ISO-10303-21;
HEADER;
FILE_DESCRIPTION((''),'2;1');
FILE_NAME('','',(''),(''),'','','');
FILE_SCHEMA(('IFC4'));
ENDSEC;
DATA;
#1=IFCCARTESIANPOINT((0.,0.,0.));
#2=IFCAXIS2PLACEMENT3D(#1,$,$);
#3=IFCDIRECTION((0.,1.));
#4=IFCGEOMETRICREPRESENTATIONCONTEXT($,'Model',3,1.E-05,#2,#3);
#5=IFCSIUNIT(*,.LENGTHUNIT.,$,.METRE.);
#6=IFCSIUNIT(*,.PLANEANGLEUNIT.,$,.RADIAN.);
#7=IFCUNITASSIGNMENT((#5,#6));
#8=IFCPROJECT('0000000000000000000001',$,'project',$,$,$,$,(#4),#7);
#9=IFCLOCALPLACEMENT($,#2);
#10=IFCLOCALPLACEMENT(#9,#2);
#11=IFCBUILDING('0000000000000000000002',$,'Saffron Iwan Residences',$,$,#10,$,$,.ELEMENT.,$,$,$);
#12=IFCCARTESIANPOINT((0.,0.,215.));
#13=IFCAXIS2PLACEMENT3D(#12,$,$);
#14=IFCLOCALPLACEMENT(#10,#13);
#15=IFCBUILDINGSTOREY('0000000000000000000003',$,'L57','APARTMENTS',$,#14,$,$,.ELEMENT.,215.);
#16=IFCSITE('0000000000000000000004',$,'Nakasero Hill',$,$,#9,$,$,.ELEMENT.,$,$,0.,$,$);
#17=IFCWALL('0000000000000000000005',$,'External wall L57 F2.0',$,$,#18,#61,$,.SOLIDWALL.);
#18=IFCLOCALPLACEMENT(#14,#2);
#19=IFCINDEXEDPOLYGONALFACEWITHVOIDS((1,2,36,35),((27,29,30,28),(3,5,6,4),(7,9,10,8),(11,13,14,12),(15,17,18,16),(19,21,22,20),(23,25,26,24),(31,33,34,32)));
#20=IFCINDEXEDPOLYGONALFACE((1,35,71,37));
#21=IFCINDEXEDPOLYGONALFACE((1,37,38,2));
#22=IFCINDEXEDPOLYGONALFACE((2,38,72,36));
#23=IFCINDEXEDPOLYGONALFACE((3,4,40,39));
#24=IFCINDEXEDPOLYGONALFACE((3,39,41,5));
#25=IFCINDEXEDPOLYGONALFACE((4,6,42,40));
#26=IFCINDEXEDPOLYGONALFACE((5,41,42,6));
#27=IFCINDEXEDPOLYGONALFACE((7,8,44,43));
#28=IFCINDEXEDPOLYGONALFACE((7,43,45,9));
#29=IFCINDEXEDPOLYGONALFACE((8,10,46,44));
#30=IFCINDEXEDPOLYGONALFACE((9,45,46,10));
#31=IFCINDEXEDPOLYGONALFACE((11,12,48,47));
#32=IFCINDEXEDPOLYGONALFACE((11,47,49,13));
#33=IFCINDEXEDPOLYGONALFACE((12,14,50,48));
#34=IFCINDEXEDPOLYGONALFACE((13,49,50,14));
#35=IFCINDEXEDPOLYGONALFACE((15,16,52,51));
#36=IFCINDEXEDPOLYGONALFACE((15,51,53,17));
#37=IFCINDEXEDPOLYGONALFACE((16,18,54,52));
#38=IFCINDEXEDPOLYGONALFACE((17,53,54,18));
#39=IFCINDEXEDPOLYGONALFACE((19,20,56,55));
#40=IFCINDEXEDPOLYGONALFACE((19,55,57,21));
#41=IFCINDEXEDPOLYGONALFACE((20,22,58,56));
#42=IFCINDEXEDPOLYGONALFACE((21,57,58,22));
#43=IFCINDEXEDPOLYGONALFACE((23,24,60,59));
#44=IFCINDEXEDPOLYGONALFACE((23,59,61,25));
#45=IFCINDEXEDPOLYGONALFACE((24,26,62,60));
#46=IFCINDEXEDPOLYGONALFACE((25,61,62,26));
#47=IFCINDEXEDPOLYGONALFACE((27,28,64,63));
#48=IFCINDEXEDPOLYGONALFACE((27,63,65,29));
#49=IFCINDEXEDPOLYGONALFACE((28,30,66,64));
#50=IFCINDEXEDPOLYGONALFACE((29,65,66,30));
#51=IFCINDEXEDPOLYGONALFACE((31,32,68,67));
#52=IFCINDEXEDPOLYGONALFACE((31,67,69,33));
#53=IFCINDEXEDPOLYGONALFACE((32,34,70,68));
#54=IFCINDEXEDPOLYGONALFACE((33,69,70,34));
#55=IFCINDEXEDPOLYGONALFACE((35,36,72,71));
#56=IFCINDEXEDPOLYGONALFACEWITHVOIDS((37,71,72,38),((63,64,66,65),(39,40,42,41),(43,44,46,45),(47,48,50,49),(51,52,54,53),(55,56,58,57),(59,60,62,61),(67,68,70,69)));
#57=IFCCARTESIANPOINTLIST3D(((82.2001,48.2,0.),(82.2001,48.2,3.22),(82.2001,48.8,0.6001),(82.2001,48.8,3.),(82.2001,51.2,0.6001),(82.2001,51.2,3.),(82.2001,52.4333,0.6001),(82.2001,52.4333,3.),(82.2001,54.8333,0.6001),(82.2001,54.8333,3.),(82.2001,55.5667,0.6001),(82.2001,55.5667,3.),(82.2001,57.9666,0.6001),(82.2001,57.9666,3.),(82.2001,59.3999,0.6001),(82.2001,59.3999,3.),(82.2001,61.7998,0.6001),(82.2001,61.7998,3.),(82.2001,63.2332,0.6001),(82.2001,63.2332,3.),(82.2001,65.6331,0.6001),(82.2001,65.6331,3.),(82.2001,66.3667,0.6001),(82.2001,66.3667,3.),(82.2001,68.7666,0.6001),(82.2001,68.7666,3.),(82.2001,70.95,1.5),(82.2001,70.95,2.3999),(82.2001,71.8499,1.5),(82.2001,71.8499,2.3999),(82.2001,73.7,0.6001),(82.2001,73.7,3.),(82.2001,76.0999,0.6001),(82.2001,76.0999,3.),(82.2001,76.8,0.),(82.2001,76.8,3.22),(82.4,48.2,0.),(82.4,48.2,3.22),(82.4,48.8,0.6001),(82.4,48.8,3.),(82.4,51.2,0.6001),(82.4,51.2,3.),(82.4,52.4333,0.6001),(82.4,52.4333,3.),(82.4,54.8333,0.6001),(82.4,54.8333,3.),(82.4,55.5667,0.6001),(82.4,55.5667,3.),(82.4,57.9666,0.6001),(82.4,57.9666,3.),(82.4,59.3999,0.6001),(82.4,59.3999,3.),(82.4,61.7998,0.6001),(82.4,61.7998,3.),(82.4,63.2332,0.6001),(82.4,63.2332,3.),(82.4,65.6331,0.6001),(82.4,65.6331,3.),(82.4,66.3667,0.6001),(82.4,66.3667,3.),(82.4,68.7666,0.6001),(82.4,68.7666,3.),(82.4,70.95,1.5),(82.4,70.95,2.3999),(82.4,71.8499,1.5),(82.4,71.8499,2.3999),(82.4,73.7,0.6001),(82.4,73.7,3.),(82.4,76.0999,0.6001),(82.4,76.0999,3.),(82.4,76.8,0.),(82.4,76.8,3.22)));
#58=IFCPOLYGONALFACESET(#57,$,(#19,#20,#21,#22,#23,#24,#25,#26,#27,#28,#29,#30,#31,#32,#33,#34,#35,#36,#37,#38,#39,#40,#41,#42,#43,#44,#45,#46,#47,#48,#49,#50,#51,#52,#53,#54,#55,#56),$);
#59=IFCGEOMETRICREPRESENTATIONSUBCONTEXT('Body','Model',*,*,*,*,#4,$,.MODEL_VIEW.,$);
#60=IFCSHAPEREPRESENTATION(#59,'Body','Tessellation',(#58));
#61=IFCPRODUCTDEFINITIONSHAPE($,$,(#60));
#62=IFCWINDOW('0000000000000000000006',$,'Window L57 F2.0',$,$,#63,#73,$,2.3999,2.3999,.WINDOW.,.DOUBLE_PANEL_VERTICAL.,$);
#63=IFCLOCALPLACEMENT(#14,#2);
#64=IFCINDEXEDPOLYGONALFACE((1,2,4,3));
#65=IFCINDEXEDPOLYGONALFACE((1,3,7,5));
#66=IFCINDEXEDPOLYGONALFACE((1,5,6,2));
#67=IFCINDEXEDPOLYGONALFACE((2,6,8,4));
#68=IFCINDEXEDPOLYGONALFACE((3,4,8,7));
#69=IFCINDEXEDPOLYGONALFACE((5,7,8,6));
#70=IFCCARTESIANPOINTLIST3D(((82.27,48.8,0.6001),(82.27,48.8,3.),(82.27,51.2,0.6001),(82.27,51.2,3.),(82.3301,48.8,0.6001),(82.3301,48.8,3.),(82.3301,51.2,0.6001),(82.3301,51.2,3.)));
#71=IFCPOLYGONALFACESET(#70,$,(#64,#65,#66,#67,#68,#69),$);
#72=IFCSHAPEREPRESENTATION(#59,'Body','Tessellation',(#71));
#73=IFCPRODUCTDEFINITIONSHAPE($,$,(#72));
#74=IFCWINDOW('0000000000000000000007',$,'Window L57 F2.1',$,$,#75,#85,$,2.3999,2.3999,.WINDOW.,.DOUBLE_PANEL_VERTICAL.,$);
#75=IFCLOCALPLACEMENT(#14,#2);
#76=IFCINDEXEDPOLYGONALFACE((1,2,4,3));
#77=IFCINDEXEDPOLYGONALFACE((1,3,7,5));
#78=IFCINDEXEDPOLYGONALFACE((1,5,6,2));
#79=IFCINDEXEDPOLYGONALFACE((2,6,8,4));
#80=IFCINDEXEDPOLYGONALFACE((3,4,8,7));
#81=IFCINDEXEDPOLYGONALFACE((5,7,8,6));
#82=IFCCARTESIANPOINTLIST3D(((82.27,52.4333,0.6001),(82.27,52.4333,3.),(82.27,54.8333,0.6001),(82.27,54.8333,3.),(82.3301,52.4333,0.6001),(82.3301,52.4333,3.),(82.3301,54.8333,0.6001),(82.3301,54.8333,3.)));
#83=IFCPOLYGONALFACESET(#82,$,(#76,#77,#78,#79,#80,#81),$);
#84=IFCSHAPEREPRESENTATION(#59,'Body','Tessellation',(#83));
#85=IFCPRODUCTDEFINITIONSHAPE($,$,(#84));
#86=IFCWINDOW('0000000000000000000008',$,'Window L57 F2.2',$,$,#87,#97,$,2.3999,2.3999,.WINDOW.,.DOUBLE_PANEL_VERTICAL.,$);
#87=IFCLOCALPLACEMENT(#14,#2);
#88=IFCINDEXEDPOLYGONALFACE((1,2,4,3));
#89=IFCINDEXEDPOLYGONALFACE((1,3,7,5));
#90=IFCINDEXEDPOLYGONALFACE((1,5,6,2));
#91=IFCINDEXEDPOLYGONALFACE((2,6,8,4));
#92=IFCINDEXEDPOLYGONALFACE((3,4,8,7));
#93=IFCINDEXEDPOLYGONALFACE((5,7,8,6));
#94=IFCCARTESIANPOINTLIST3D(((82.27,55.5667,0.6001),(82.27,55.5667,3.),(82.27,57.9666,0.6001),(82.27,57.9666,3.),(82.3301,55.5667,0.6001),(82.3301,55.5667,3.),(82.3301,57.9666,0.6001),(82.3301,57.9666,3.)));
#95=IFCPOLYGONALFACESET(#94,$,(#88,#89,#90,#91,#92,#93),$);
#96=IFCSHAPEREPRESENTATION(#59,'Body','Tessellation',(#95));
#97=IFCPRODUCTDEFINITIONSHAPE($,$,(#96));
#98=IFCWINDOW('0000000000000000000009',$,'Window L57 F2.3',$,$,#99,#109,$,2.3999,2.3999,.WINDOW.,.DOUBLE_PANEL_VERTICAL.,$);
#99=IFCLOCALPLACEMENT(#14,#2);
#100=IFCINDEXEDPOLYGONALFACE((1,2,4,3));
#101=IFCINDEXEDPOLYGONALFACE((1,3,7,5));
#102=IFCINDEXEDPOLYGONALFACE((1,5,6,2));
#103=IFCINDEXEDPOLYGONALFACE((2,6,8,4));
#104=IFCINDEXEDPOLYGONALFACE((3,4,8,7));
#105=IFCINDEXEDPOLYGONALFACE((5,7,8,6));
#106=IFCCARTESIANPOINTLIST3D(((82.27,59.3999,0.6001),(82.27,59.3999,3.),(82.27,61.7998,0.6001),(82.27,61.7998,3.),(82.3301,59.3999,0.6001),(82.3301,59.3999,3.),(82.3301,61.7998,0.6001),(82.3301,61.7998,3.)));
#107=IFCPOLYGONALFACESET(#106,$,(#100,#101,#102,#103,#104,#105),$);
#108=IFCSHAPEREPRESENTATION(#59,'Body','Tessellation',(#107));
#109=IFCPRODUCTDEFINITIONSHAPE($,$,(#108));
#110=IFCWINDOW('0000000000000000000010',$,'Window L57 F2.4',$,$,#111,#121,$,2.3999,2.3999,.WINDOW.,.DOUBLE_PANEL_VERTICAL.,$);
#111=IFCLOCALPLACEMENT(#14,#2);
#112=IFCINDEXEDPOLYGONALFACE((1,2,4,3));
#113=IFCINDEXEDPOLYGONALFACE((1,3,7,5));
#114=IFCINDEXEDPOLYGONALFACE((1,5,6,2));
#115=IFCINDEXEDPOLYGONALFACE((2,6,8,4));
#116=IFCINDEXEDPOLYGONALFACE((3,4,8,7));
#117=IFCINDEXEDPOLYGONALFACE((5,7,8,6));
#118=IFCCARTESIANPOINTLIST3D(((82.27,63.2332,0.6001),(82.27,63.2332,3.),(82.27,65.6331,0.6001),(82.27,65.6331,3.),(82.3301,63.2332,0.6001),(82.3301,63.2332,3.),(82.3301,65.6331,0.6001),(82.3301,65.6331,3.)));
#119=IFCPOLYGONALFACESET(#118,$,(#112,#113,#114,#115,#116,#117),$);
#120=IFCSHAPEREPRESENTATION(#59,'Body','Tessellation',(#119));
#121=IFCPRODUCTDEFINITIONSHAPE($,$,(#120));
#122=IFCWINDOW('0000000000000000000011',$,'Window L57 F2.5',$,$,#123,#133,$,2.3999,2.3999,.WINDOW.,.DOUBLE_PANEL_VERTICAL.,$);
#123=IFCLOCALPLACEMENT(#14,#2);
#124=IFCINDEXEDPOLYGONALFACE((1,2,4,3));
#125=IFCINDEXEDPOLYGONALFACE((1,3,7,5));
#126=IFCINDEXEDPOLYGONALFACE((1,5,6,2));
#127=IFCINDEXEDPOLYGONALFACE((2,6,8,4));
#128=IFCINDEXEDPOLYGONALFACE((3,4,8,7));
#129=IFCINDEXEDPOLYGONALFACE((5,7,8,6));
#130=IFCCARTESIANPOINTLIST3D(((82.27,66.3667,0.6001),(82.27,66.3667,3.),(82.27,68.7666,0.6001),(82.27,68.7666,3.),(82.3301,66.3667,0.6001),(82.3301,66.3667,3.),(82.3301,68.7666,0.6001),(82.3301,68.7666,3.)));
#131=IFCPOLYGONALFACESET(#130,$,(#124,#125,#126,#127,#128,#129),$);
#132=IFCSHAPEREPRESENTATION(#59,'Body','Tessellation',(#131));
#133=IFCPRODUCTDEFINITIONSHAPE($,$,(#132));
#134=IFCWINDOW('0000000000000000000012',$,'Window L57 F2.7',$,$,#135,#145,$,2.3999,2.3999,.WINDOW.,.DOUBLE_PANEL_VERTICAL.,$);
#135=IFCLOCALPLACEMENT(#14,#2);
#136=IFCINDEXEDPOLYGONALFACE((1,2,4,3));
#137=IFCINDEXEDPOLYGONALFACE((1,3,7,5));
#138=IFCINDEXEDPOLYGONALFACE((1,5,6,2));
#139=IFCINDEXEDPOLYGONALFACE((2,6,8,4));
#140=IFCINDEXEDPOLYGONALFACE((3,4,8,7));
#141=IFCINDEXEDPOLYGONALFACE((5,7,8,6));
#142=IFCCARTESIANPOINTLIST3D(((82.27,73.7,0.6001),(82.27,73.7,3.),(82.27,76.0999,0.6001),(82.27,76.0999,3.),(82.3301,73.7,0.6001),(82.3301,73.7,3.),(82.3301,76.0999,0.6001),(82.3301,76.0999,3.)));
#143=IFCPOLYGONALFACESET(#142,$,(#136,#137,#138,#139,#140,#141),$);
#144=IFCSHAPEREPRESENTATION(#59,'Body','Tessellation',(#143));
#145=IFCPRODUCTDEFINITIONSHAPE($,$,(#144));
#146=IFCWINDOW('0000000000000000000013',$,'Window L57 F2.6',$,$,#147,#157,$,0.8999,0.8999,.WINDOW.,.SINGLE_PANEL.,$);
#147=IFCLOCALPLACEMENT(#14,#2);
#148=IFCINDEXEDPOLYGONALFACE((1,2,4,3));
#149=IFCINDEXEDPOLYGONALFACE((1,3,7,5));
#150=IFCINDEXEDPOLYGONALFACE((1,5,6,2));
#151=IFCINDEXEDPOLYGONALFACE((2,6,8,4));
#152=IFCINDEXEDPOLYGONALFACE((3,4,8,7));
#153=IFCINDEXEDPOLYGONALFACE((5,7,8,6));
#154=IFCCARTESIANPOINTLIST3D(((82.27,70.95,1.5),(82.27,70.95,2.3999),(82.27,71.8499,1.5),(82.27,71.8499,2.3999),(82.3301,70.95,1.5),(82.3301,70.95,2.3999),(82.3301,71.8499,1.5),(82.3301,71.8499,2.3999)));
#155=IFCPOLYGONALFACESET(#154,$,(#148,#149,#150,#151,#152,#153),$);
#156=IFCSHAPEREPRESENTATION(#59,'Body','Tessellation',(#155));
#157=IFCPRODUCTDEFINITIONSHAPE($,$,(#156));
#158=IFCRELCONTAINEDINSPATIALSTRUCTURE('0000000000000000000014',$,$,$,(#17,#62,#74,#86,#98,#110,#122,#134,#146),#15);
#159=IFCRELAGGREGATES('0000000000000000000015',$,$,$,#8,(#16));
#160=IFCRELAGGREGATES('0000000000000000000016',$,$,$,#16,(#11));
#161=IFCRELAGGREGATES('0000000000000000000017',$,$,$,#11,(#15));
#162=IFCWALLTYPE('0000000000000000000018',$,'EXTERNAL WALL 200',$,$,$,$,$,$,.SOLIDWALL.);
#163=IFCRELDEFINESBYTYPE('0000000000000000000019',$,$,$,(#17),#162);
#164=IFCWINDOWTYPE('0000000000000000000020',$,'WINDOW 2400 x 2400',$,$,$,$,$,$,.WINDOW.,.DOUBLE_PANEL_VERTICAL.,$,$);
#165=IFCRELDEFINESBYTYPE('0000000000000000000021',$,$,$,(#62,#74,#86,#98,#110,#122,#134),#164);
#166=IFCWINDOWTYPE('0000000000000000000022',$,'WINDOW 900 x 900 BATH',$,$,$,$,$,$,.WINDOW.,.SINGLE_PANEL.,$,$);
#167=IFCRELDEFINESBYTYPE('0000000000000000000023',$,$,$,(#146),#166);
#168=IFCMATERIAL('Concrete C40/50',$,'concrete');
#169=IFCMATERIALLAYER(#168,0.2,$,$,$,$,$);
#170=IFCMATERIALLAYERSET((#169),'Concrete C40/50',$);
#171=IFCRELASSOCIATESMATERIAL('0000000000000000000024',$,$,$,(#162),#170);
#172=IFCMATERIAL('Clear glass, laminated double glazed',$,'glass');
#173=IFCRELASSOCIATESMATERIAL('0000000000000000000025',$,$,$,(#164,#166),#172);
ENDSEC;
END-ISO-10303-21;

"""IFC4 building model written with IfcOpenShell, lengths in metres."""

from ifc_helpers import new_model, si_unit, direction, frame, frame_2d, origin, place, context, subcontext, project, spatial, rectangle, extrude, material, layer, layer_set, type_object, element, fill, save


model = new_model("IFC4")

# Units and contexts
model_context = context("Model", 3, precision=1e-05, world=origin(), true_north=direction((0.0, 1.0)))
body_context = subcontext(model_context, "Body", "Model", "MODEL_VIEW")
ifc_project = project(units=[si_unit("LENGTHUNIT", "METRE"), si_unit("PLANEANGLEUNIT", "RADIAN")], contexts=[model_context])

# Site, building, storey
site_placement = place(None, origin())
site = spatial("IfcSite", under=ifc_project, at=site_placement, Name="Nakasero Hill", CompositionType="ELEMENT", RefElevation=0.0)
building_placement = place(site_placement, origin())
building = spatial("IfcBuilding", under=site, at=building_placement, Name="Saffron Iwan Residences", CompositionType="ELEMENT")
storey_placement = place(building_placement, frame((0.0, 0.0, 215.0)))
storey = spatial("IfcBuildingStorey", under=building, at=storey_placement, Name="L57", Description="APARTMENTS", CompositionType="ELEMENT", Elevation=215.0)

# Shared definitions
ifc_material_1 = material(Name="Concrete C40/50", Category="concrete")

# Shared definitions
ifc_layer_1 = layer(ifc_material_1, 0.2)
ifc_layer_set_1 = layer_set([ifc_layer_1], Name="Concrete C40/50")
wall_type_1 = type_object("IfcWallType", Name="EXTERNAL WALL 200", PredefinedType="SOLIDWALL", material=ifc_layer_set_1)
ifc_material_2 = material(Name="Clear glass, laminated double glazed", Category="glass")

# Wall, openings, windows
wall_1_placement = place(storey_placement, frame((82.3, 48.2, 0.0), z_axis=(0.0, 0.0, 1.0), x_axis=(0.0, 1.0, 0.0)))
wall_1 = element("IfcWall", 1, at=wall_1_placement, inside=storey, type_object=wall_type_1, Name="External wall L57 F2.0", PredefinedType="SOLIDWALL", context=body_context, shape_type="SweptSolid", body=[
    extrude(rectangle(XDim=28.6001, YDim=0.2, at=frame_2d((14.3, 0.0))), origin(), (0.0, 0.0, 1.0), 3.22),
])
opening_1_placement = place(wall_1_placement, frame((0.6001, 0.0, 0.6001)))
opening_1 = element("IfcOpeningElement", 2, at=opening_1_placement, cuts=wall_1, PredefinedType="OPENING", context=body_context, shape_type="SweptSolid", body=[
    extrude(rectangle(XDim=2.3999, YDim=2.3999, at=frame_2d((1.2, 1.2))), frame((0.0, 0.1099, 0.0), z_axis=(0.0, -1.0, 0.0), x_axis=(1.0, 0.0, 0.0)), (0.0, 0.0, 1.0), 0.22),
])
opening_2_placement = place(wall_1_placement, frame((4.2334, 0.0, 0.6001)))
opening_2 = element("IfcOpeningElement", 3, at=opening_2_placement, cuts=wall_1, PredefinedType="OPENING", context=body_context, shape_type="SweptSolid", body=[
    extrude(rectangle(XDim=2.3999, YDim=2.3999, at=frame_2d((1.2, 1.2))), frame((0.0, 0.1099, 0.0), z_axis=(0.0, -1.0, 0.0), x_axis=(1.0, 0.0, 0.0)), (0.0, 0.0, 1.0), 0.22),
])
opening_3_placement = place(wall_1_placement, frame((7.3667, 0.0, 0.6001)))
opening_3 = element("IfcOpeningElement", 4, at=opening_3_placement, cuts=wall_1, PredefinedType="OPENING", context=body_context, shape_type="SweptSolid", body=[
    extrude(rectangle(XDim=2.3999, YDim=2.3999, at=frame_2d((1.2, 1.2))), frame((0.0, 0.1099, 0.0), z_axis=(0.0, -1.0, 0.0), x_axis=(1.0, 0.0, 0.0)), (0.0, 0.0, 1.0), 0.22),
])
opening_4_placement = place(wall_1_placement, frame((11.2, 0.0, 0.6001)))
opening_4 = element("IfcOpeningElement", 5, at=opening_4_placement, cuts=wall_1, PredefinedType="OPENING", context=body_context, shape_type="SweptSolid", body=[
    extrude(rectangle(XDim=2.3999, YDim=2.3999, at=frame_2d((1.2, 1.2))), frame((0.0, 0.1099, 0.0), z_axis=(0.0, -1.0, 0.0), x_axis=(1.0, 0.0, 0.0)), (0.0, 0.0, 1.0), 0.22),
])
opening_5_placement = place(wall_1_placement, frame((15.0332, 0.0, 0.6001)))
opening_5 = element("IfcOpeningElement", 6, at=opening_5_placement, cuts=wall_1, PredefinedType="OPENING", context=body_context, shape_type="SweptSolid", body=[
    extrude(rectangle(XDim=2.3999, YDim=2.3999, at=frame_2d((1.2, 1.2))), frame((0.0, 0.1099, 0.0), z_axis=(0.0, -1.0, 0.0), x_axis=(1.0, 0.0, 0.0)), (0.0, 0.0, 1.0), 0.22),
])
opening_6_placement = place(wall_1_placement, frame((18.1667, 0.0, 0.6001)))
opening_6 = element("IfcOpeningElement", 7, at=opening_6_placement, cuts=wall_1, PredefinedType="OPENING", context=body_context, shape_type="SweptSolid", body=[
    extrude(rectangle(XDim=2.3999, YDim=2.3999, at=frame_2d((1.2, 1.2))), frame((0.0, 0.1099, 0.0), z_axis=(0.0, -1.0, 0.0), x_axis=(1.0, 0.0, 0.0)), (0.0, 0.0, 1.0), 0.22),
])
opening_7_placement = place(wall_1_placement, frame((22.75, 0.0, 1.5)))
opening_7 = element("IfcOpeningElement", 8, at=opening_7_placement, cuts=wall_1, PredefinedType="OPENING", context=body_context, shape_type="SweptSolid", body=[
    extrude(rectangle(XDim=0.8999, YDim=0.8999, at=frame_2d((0.45, 0.45))), frame((0.0, 0.1099, 0.0), z_axis=(0.0, -1.0, 0.0), x_axis=(1.0, 0.0, 0.0)), (0.0, 0.0, 1.0), 0.22),
])
opening_8_placement = place(wall_1_placement, frame((25.5, 0.0, 0.6001)))
opening_8 = element("IfcOpeningElement", 9, at=opening_8_placement, cuts=wall_1, PredefinedType="OPENING", context=body_context, shape_type="SweptSolid", body=[
    extrude(rectangle(XDim=2.3999, YDim=2.3999, at=frame_2d((1.2, 1.2))), frame((0.0, 0.1099, 0.0), z_axis=(0.0, -1.0, 0.0), x_axis=(1.0, 0.0, 0.0)), (0.0, 0.0, 1.0), 0.22),
])
window_type_1 = type_object("IfcWindowType", Name="WINDOW 2400 x 2400", PartitioningType="DOUBLE_PANEL_VERTICAL", PredefinedType="WINDOW", material=ifc_material_2)
window_1_placement = place(opening_1_placement, origin())
window_1 = element("IfcWindow", 10, at=window_1_placement, inside=storey, type_object=window_type_1, Name="Window L57 F2.0", OverallHeight=2.3999, OverallWidth=2.3999, PartitioningType="DOUBLE_PANEL_VERTICAL", PredefinedType="WINDOW", context=body_context, shape_type="SweptSolid", body=[
    extrude(rectangle(XDim=2.3999, YDim=2.3999, at=frame_2d((1.2, 1.2))), frame((0.0, 0.03, 0.0), z_axis=(0.0, -1.0, 0.0), x_axis=(1.0, 0.0, 0.0)), (0.0, 0.0, 1.0), 0.0601),
])
fill(opening_1, window_1)
window_2_placement = place(opening_2_placement, origin())
window_2 = element("IfcWindow", 11, at=window_2_placement, inside=storey, type_object=window_type_1, Name="Window L57 F2.1", OverallHeight=2.3999, OverallWidth=2.3999, PartitioningType="DOUBLE_PANEL_VERTICAL", PredefinedType="WINDOW", context=body_context, shape_type="SweptSolid", body=[
    extrude(rectangle(XDim=2.3999, YDim=2.3999, at=frame_2d((1.2, 1.2))), frame((0.0, 0.03, 0.0), z_axis=(0.0, -1.0, 0.0), x_axis=(1.0, 0.0, 0.0)), (0.0, 0.0, 1.0), 0.0601),
])
fill(opening_2, window_2)
window_3_placement = place(opening_3_placement, origin())
window_3 = element("IfcWindow", 12, at=window_3_placement, inside=storey, type_object=window_type_1, Name="Window L57 F2.2", OverallHeight=2.3999, OverallWidth=2.3999, PartitioningType="DOUBLE_PANEL_VERTICAL", PredefinedType="WINDOW", context=body_context, shape_type="SweptSolid", body=[
    extrude(rectangle(XDim=2.3999, YDim=2.3999, at=frame_2d((1.2, 1.2))), frame((0.0, 0.03, 0.0), z_axis=(0.0, -1.0, 0.0), x_axis=(1.0, 0.0, 0.0)), (0.0, 0.0, 1.0), 0.0601),
])
fill(opening_3, window_3)
window_4_placement = place(opening_4_placement, origin())
window_4 = element("IfcWindow", 13, at=window_4_placement, inside=storey, type_object=window_type_1, Name="Window L57 F2.3", OverallHeight=2.3999, OverallWidth=2.3999, PartitioningType="DOUBLE_PANEL_VERTICAL", PredefinedType="WINDOW", context=body_context, shape_type="SweptSolid", body=[
    extrude(rectangle(XDim=2.3999, YDim=2.3999, at=frame_2d((1.2, 1.2))), frame((0.0, 0.03, 0.0), z_axis=(0.0, -1.0, 0.0), x_axis=(1.0, 0.0, 0.0)), (0.0, 0.0, 1.0), 0.0601),
])
fill(opening_4, window_4)
window_5_placement = place(opening_5_placement, origin())
window_5 = element("IfcWindow", 14, at=window_5_placement, inside=storey, type_object=window_type_1, Name="Window L57 F2.4", OverallHeight=2.3999, OverallWidth=2.3999, PartitioningType="DOUBLE_PANEL_VERTICAL", PredefinedType="WINDOW", context=body_context, shape_type="SweptSolid", body=[
    extrude(rectangle(XDim=2.3999, YDim=2.3999, at=frame_2d((1.2, 1.2))), frame((0.0, 0.03, 0.0), z_axis=(0.0, -1.0, 0.0), x_axis=(1.0, 0.0, 0.0)), (0.0, 0.0, 1.0), 0.0601),
])
fill(opening_5, window_5)
window_6_placement = place(opening_6_placement, origin())
window_6 = element("IfcWindow", 15, at=window_6_placement, inside=storey, type_object=window_type_1, Name="Window L57 F2.5", OverallHeight=2.3999, OverallWidth=2.3999, PartitioningType="DOUBLE_PANEL_VERTICAL", PredefinedType="WINDOW", context=body_context, shape_type="SweptSolid", body=[
    extrude(rectangle(XDim=2.3999, YDim=2.3999, at=frame_2d((1.2, 1.2))), frame((0.0, 0.03, 0.0), z_axis=(0.0, -1.0, 0.0), x_axis=(1.0, 0.0, 0.0)), (0.0, 0.0, 1.0), 0.0601),
])
fill(opening_6, window_6)
window_7_placement = place(opening_8_placement, origin())
window_7 = element("IfcWindow", 16, at=window_7_placement, inside=storey, type_object=window_type_1, Name="Window L57 F2.7", OverallHeight=2.3999, OverallWidth=2.3999, PartitioningType="DOUBLE_PANEL_VERTICAL", PredefinedType="WINDOW", context=body_context, shape_type="SweptSolid", body=[
    extrude(rectangle(XDim=2.3999, YDim=2.3999, at=frame_2d((1.2, 1.2))), frame((0.0, 0.03, 0.0), z_axis=(0.0, -1.0, 0.0), x_axis=(1.0, 0.0, 0.0)), (0.0, 0.0, 1.0), 0.0601),
])
fill(opening_8, window_7)
window_type_2 = type_object("IfcWindowType", Name="WINDOW 900 x 900 BATH", PartitioningType="SINGLE_PANEL", PredefinedType="WINDOW", material=ifc_material_2)
window_8_placement = place(opening_7_placement, origin())
window_8 = element("IfcWindow", 17, at=window_8_placement, inside=storey, type_object=window_type_2, Name="Window L57 F2.6", OverallHeight=0.8999, OverallWidth=0.8999, PartitioningType="SINGLE_PANEL", PredefinedType="WINDOW", context=body_context, shape_type="SweptSolid", body=[
    extrude(rectangle(XDim=0.8999, YDim=0.8999, at=frame_2d((0.45, 0.45))), frame((0.0, 0.03, 0.0), z_axis=(0.0, -1.0, 0.0), x_axis=(1.0, 0.0, 0.0)), (0.0, 0.0, 1.0), 0.0601),
])
fill(opening_7, window_8)

save(model, "model.ifc")
